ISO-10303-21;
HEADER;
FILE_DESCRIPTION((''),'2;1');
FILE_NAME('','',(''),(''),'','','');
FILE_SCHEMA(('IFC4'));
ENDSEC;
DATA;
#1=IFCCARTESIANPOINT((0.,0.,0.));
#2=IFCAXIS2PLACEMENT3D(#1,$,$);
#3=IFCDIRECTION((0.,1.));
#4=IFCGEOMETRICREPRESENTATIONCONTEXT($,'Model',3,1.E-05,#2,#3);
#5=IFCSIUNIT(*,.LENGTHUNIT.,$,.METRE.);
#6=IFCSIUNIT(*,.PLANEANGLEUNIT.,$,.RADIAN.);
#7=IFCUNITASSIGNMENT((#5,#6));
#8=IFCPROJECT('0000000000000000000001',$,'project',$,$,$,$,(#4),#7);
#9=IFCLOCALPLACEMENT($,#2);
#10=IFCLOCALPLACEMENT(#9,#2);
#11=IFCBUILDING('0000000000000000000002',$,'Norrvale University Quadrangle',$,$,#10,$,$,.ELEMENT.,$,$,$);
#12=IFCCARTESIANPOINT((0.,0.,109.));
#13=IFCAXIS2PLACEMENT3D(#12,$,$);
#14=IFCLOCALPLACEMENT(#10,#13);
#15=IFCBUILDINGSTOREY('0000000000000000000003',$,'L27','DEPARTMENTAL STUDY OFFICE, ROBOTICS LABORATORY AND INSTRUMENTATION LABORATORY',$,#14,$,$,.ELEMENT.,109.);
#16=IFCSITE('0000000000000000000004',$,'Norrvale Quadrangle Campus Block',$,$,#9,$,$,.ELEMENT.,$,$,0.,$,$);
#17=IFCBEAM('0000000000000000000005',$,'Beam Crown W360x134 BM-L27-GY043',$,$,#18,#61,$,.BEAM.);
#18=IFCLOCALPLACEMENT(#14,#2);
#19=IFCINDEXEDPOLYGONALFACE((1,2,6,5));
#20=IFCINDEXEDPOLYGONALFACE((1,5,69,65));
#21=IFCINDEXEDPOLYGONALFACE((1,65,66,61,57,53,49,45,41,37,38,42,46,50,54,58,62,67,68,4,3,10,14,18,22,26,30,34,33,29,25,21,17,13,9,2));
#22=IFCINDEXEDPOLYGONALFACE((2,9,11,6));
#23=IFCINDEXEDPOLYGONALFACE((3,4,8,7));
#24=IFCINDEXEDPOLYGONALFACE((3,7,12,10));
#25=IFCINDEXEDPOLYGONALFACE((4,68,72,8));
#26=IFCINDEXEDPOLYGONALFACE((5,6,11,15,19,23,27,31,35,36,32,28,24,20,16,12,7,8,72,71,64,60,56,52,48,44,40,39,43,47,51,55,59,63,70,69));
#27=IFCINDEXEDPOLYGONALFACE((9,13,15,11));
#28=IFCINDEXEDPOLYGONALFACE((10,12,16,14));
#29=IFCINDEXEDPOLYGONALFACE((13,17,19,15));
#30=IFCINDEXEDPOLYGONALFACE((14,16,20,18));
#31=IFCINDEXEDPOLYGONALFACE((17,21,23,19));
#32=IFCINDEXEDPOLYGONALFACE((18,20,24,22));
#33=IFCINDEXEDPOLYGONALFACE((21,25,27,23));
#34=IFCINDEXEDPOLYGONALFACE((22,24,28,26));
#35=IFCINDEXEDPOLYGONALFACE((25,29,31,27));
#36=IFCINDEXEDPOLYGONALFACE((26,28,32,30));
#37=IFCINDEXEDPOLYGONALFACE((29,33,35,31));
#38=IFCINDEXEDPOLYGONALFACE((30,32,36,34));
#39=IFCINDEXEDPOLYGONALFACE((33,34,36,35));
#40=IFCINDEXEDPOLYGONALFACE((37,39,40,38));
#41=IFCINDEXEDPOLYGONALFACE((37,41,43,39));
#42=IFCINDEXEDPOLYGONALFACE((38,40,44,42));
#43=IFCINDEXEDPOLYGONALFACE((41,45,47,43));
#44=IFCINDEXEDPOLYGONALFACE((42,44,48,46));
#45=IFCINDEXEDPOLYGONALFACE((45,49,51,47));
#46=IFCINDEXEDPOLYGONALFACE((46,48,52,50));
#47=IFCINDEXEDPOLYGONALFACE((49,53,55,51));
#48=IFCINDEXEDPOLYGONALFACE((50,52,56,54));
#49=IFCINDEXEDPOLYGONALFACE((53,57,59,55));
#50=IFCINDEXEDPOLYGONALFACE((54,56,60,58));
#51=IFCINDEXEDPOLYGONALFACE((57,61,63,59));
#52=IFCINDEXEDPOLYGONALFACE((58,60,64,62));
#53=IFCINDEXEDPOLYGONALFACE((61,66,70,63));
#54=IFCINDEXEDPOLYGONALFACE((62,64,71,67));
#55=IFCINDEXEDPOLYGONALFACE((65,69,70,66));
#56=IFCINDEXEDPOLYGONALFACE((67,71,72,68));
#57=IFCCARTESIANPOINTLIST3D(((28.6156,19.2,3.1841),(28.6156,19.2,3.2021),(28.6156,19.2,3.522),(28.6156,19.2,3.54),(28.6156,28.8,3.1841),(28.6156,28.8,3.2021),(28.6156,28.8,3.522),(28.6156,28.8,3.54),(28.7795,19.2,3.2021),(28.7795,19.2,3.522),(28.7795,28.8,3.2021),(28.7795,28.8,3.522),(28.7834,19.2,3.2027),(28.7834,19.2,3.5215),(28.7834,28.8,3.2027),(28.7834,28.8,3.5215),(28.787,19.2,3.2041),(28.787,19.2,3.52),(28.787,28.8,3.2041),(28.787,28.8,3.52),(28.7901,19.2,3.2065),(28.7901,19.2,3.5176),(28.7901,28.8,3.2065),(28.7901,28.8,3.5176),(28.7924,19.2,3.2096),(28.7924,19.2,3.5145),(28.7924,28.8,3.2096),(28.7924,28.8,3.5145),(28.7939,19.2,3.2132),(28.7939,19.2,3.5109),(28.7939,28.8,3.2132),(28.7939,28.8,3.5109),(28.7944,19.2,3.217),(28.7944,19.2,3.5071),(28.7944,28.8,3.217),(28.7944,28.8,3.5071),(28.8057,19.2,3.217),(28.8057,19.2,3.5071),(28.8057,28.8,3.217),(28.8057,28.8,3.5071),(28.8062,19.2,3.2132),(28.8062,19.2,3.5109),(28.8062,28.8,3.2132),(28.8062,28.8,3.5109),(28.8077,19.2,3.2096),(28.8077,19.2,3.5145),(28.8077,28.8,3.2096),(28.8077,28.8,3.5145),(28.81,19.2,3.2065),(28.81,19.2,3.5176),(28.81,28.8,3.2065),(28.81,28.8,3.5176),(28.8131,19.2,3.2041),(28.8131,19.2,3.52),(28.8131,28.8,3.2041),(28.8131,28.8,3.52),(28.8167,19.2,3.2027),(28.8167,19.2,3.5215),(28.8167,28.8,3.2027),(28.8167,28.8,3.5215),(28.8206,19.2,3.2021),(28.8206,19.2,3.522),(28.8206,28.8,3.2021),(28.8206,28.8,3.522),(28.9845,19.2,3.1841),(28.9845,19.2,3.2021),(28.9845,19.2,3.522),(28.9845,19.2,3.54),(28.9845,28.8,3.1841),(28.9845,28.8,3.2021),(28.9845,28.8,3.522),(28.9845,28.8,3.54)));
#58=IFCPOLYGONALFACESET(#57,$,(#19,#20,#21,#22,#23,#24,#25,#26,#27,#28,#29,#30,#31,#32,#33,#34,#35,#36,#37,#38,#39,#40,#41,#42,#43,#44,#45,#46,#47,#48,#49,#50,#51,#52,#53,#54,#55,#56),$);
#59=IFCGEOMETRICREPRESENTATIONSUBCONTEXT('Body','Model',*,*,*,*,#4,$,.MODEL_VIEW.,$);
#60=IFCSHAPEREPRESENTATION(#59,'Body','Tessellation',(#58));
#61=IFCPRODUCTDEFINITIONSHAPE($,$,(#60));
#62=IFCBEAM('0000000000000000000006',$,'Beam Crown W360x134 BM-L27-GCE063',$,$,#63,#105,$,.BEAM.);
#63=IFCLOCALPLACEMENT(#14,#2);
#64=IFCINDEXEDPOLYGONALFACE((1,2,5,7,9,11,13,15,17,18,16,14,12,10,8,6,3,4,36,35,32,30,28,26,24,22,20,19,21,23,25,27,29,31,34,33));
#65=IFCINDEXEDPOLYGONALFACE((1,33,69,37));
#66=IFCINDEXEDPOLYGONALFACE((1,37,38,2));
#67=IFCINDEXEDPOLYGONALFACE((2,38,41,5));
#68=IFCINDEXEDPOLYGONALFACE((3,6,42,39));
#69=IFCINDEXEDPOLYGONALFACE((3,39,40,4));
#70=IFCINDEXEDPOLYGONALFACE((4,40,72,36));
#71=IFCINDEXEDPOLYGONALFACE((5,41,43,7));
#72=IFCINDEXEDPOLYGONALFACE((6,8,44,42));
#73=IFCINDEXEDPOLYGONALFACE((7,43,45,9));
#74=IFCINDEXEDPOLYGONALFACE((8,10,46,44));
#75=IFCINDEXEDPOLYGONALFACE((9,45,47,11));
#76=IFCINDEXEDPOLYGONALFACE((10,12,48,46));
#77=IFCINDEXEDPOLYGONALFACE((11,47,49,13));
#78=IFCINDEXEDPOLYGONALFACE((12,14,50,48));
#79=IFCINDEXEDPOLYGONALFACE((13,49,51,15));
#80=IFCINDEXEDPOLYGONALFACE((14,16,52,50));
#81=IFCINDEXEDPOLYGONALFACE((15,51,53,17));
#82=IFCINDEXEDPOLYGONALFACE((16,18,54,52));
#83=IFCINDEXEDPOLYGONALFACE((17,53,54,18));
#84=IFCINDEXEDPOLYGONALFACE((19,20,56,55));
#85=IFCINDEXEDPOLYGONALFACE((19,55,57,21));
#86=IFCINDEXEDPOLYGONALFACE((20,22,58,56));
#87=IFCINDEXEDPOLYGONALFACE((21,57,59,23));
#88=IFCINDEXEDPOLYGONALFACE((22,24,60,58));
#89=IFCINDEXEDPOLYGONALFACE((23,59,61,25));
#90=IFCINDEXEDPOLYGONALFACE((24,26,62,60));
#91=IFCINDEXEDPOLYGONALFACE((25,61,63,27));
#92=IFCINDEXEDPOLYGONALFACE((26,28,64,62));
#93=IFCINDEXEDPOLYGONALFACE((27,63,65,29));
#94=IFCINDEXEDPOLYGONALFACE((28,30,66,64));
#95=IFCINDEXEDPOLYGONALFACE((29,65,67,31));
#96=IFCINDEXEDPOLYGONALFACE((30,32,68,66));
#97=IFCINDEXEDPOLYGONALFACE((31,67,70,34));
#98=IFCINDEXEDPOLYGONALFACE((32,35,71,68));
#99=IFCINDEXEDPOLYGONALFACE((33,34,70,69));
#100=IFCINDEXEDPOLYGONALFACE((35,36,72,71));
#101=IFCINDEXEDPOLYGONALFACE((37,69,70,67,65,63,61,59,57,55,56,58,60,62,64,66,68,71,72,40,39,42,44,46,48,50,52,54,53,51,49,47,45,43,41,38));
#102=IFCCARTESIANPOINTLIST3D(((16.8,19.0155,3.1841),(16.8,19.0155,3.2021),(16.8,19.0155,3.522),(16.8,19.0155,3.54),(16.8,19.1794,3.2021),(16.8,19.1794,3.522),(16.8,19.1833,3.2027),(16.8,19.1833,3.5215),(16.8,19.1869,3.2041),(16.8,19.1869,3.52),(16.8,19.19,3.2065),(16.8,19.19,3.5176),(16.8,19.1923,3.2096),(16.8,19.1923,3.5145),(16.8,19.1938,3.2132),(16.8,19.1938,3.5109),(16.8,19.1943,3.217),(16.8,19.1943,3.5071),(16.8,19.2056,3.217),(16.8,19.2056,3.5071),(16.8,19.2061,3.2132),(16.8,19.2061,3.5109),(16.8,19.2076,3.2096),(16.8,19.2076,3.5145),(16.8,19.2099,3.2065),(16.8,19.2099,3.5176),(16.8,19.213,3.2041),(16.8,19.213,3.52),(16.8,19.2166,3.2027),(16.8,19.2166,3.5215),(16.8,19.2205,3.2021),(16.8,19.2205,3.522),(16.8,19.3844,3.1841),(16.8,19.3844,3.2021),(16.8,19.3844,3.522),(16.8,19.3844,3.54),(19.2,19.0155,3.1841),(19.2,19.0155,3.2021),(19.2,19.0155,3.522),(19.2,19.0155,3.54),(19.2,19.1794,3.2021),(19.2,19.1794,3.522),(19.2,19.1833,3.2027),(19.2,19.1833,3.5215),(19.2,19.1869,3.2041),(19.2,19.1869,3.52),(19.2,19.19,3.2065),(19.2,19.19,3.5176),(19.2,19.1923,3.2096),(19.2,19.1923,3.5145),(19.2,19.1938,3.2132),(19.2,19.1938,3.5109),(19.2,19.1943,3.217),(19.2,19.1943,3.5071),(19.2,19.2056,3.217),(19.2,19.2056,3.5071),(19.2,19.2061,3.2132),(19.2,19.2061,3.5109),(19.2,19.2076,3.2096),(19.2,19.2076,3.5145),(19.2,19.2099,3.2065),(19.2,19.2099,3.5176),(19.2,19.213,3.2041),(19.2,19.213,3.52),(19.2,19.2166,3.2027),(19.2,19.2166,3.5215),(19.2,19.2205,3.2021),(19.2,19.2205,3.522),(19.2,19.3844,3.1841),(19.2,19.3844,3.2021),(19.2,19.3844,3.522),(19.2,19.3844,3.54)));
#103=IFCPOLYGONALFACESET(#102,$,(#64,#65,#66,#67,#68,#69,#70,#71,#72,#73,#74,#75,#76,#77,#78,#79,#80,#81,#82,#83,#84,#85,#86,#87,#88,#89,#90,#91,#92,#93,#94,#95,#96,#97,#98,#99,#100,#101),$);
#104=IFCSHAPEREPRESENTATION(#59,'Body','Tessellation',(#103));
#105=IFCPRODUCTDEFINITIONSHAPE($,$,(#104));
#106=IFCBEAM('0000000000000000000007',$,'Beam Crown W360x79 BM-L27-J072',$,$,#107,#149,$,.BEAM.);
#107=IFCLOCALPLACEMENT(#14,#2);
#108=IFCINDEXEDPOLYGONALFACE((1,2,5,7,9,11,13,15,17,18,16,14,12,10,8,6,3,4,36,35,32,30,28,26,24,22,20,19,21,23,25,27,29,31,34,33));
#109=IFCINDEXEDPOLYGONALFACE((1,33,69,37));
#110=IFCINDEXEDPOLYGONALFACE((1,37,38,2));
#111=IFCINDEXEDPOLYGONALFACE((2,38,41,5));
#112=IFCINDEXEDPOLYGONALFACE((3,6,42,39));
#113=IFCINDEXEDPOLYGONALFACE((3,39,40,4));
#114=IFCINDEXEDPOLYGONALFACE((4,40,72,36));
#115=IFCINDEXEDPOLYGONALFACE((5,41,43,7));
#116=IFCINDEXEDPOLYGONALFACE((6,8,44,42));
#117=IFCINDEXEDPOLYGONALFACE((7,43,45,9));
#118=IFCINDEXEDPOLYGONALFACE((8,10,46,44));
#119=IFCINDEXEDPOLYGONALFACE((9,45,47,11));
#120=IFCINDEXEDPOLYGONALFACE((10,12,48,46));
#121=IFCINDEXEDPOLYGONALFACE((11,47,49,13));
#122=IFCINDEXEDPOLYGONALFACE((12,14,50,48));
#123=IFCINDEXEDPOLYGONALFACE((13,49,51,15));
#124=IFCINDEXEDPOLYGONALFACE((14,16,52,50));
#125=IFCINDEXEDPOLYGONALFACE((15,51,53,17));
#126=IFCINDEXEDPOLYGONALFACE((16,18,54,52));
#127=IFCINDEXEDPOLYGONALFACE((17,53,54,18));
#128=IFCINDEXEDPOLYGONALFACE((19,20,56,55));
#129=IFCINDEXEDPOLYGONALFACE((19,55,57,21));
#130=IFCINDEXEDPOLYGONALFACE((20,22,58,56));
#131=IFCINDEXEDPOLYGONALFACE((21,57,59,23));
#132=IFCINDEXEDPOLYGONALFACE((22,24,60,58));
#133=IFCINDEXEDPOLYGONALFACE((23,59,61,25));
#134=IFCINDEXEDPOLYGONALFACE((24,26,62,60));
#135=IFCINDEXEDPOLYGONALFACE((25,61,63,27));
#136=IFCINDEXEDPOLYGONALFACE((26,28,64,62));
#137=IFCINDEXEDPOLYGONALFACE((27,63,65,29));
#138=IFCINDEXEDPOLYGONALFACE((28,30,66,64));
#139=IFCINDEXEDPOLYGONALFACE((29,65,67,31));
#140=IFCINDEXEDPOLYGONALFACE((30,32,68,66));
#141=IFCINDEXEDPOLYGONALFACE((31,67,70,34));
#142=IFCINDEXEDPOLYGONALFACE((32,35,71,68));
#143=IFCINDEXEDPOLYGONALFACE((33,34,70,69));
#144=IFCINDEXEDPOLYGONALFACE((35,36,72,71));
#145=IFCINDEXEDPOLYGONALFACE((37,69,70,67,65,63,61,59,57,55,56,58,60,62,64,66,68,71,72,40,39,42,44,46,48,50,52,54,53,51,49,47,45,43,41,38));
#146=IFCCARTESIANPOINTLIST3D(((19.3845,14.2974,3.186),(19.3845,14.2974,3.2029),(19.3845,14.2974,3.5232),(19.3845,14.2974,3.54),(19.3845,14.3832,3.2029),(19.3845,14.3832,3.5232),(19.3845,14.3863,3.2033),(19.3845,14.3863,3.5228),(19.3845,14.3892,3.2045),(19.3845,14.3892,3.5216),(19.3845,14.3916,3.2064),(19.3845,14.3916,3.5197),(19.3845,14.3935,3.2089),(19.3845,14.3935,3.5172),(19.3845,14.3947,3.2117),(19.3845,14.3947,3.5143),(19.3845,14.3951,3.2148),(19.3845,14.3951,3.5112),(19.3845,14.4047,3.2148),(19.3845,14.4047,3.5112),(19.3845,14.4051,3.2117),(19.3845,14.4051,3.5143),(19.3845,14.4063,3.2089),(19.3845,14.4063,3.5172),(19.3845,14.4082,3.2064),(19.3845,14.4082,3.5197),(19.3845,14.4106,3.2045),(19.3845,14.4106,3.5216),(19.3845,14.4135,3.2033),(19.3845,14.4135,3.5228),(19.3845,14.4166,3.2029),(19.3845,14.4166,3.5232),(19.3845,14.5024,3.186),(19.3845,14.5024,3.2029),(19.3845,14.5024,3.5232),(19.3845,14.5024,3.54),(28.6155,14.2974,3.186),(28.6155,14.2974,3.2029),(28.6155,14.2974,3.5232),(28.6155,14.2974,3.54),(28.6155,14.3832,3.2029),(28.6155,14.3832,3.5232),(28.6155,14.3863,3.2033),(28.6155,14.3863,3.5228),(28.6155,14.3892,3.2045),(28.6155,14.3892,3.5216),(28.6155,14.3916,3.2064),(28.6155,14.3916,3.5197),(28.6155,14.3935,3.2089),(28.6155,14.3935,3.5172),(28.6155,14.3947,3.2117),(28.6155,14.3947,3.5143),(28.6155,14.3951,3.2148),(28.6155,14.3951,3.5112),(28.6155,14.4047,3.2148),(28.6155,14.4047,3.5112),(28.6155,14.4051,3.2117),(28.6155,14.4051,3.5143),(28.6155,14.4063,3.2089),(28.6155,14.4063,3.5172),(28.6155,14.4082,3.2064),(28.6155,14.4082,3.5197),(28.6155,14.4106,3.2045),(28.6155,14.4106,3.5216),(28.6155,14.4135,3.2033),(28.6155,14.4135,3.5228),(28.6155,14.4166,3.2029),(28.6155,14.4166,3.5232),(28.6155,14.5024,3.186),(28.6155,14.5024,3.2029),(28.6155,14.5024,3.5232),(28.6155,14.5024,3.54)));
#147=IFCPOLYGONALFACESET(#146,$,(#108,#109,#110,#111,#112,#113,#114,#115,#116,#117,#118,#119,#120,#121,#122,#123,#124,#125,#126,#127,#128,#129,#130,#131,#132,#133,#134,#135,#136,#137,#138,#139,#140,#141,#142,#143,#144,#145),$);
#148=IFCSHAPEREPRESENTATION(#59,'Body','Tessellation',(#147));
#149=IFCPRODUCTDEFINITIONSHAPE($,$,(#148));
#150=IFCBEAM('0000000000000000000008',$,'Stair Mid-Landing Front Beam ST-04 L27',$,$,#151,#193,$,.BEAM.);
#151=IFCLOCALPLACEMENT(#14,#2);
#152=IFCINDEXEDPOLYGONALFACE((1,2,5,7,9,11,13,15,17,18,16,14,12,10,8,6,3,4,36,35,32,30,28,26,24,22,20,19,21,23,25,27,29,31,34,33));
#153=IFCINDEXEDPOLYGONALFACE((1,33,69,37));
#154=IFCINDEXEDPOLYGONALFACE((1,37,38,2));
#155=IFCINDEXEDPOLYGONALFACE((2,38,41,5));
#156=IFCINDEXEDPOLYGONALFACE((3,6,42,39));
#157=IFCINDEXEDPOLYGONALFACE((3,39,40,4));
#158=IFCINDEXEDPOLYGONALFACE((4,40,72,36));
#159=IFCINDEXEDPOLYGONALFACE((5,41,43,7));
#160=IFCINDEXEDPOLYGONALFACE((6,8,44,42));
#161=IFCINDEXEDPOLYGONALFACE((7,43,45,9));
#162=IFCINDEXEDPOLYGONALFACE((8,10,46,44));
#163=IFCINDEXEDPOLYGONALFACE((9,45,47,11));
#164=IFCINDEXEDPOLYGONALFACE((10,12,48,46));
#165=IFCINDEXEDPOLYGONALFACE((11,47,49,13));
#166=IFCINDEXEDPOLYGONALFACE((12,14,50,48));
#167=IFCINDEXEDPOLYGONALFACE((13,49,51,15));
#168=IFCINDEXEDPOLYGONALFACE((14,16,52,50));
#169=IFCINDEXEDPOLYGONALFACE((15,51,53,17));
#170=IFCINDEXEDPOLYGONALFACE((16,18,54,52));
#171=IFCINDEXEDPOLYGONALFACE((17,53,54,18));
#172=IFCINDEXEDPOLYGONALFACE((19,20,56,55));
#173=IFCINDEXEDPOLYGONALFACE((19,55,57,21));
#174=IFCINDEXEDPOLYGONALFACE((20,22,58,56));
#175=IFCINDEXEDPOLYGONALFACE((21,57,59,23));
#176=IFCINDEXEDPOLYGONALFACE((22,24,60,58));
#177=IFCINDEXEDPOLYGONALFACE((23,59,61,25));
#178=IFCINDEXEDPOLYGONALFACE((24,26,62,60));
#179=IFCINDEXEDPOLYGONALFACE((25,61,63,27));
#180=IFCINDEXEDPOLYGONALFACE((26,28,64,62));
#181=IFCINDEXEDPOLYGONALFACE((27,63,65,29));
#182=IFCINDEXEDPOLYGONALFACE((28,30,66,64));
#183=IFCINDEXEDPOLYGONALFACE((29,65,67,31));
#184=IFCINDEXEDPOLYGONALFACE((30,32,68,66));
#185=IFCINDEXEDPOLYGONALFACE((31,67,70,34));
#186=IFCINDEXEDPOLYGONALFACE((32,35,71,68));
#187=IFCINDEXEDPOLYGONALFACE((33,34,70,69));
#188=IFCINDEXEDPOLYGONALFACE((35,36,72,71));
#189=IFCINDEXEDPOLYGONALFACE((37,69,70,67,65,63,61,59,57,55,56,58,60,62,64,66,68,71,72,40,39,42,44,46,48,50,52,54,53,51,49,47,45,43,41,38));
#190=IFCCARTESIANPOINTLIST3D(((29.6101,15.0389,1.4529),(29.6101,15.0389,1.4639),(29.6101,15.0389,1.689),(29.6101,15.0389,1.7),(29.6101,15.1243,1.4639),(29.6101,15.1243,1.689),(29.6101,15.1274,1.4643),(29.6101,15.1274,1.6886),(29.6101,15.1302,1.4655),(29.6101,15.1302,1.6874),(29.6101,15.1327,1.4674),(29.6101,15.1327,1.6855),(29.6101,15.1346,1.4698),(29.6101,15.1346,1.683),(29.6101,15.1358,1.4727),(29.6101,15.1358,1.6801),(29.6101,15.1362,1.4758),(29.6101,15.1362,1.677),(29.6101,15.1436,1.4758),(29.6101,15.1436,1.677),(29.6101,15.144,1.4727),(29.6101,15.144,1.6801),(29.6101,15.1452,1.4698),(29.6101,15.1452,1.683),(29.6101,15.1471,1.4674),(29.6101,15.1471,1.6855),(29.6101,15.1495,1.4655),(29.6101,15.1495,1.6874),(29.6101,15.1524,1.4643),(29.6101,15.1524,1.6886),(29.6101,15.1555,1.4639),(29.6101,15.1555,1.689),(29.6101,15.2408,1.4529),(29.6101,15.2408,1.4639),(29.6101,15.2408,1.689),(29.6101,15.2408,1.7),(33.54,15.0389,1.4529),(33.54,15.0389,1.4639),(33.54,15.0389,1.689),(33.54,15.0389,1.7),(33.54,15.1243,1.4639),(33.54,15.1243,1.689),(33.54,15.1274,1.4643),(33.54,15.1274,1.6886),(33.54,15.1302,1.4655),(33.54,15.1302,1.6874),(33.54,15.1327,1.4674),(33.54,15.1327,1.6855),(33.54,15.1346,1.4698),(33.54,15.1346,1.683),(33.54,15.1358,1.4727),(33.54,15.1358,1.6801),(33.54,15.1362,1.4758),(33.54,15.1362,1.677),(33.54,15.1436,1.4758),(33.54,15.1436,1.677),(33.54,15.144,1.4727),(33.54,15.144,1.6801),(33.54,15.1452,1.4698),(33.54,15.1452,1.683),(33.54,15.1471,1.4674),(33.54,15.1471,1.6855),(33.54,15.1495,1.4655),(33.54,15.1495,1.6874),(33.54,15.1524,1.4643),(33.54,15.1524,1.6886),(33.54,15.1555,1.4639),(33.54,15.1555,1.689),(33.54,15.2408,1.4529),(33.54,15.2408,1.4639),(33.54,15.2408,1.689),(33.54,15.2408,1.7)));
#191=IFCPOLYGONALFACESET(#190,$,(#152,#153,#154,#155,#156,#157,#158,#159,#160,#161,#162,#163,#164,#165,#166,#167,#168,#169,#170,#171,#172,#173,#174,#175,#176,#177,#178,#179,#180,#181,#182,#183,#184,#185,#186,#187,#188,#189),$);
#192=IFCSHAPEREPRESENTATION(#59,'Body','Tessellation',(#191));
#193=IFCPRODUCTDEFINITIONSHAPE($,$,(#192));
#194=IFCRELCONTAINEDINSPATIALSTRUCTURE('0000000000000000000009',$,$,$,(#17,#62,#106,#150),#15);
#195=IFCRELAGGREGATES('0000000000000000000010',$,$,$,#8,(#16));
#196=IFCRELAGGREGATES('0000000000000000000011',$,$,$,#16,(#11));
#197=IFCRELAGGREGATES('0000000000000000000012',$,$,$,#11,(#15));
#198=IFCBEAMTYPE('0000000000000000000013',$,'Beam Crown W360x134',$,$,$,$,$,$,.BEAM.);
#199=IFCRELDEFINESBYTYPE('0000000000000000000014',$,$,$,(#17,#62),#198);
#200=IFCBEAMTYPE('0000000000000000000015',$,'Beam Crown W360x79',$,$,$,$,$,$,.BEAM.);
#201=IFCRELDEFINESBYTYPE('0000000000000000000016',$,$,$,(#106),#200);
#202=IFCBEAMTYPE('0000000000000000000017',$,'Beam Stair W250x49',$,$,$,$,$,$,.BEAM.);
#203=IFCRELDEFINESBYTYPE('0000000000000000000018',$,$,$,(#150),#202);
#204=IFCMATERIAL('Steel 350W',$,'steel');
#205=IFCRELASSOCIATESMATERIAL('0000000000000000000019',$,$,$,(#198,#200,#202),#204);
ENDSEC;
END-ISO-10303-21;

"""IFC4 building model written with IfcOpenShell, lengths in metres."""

from ifc_helpers import new_model, si_unit, direction, frame, origin, origin_2d, place, context, subcontext, project, spatial, i_section, extrude, material, material_profile, profile_set, type_object, element, save


model = new_model("IFC4")

# Units and contexts
model_context = context("Model", 3, precision=1e-05, world=origin(), true_north=direction((0.0, 1.0)))
body_context = subcontext(model_context, "Body", "Model", "MODEL_VIEW")
ifc_project = project(units=[si_unit("LENGTHUNIT", "METRE"), si_unit("PLANEANGLEUNIT", "RADIAN")], contexts=[model_context])

# Site, building, storey
site_placement = place(None, origin())
site = spatial("IfcSite", under=ifc_project, at=site_placement, Name="Norrvale Quadrangle Campus Block", CompositionType="ELEMENT", RefElevation=0.0)
building_placement = place(site_placement, origin())
building = spatial("IfcBuilding", under=site, at=building_placement, Name="Norrvale University Quadrangle", CompositionType="ELEMENT")
storey_placement = place(building_placement, frame((0.0, 0.0, 109.0)))
storey = spatial("IfcBuildingStorey", under=building, at=storey_placement, Name="L27", Description="DEPARTMENTAL STUDY OFFICE, ROBOTICS LABORATORY AND INSTRUMENTATION LABORATORY", CompositionType="ELEMENT", Elevation=109.0)

# Beams
ifc_material_1 = material(Name="Steel 350W", Category="steel")
ifc_material_profile_1 = material_profile(ifc_material_1, i_section(OverallWidth=0.3689, OverallDepth=0.356, WebThickness=0.0112, FlangeThickness=0.0181, FilletRadius=0.0149, at=origin_2d()), Name="Steel 350W")
ifc_profile_set_1 = profile_set([ifc_material_profile_1], Name="Steel 350W")
beam_type_1 = type_object("IfcBeamType", Name="Beam Crown W360x134", PredefinedType="BEAM", material=ifc_profile_set_1)
for number, where, z_axis, x_axis, name in (
    (1, (28.8, 19.2, 3.3621), (0.0, 1.0, 0.0), (-1.0, 0.0, 0.0), "Beam Crown W360x134 BM-L27-GY043"),
):
    element("IfcBeam", number, at=place(storey_placement, frame(where, z_axis=z_axis, x_axis=x_axis)), inside=storey, type_object=beam_type_1, Name=name, PredefinedType="BEAM", context=body_context, shape_type="SweptSolid", body=[
        extrude(i_section(OverallWidth=0.3689, OverallDepth=0.356, WebThickness=0.0112, FlangeThickness=0.0181, FilletRadius=0.0149, at=origin_2d()), origin(), (0.0, 0.0, 1.0), 9.6001),
    ])
beam_1_placement = place(storey_placement, frame((16.8, 19.2, 3.3621), z_axis=(1.0, 0.0, 0.0), x_axis=(0.0, 1.0, 0.0)))
element("IfcBeam", 2, at=beam_1_placement, inside=storey, type_object=beam_type_1, Name="Beam Crown W360x134 BM-L27-GCE063", PredefinedType="BEAM", context=body_context, shape_type="SweptSolid", body=[
    extrude(i_section(OverallWidth=0.3689, OverallDepth=0.356, WebThickness=0.0112, FlangeThickness=0.0181, FilletRadius=0.0149, at=origin_2d()), origin(), (0.0, 0.0, 1.0), 2.3999),
])
ifc_material_profile_2 = material_profile(ifc_material_1, i_section(OverallWidth=0.2051, OverallDepth=0.354, WebThickness=0.0095, FlangeThickness=0.0168, FilletRadius=0.012, at=origin_2d()), Name="Steel 350W")
ifc_profile_set_2 = profile_set([ifc_material_profile_2], Name="Steel 350W")
beam_type_2 = type_object("IfcBeamType", Name="Beam Crown W360x79", PredefinedType="BEAM", material=ifc_profile_set_2)
beam_2_placement = place(storey_placement, frame((19.3845, 14.3999, 3.363), z_axis=(1.0, 0.0, 0.0), x_axis=(0.0, 1.0, 0.0)))
element("IfcBeam", 3, at=beam_2_placement, inside=storey, type_object=beam_type_2, Name="Beam Crown W360x79 BM-L27-J072", PredefinedType="BEAM", context=body_context, shape_type="SweptSolid", body=[
    extrude(i_section(OverallWidth=0.2051, OverallDepth=0.354, WebThickness=0.0095, FlangeThickness=0.0168, FilletRadius=0.012, at=origin_2d()), origin(), (0.0, 0.0, 1.0), 9.231),
])
ifc_material_profile_3 = material_profile(ifc_material_1, i_section(OverallWidth=0.2019, OverallDepth=0.2471, WebThickness=0.0073, FlangeThickness=0.011, FilletRadius=0.012, at=origin_2d()), Name="Steel 350W")
ifc_profile_set_3 = profile_set([ifc_material_profile_3], Name="Steel 350W")
beam_type_3 = type_object("IfcBeamType", Name="Beam Stair W250x49", PredefinedType="BEAM", material=ifc_profile_set_3)
for number, where, z_axis, x_axis, name in (
    (4, (29.6101, 15.1399, 1.5764), (1.0, 0.0, 0.0), (0.0, 1.0, 0.0), "Stair Mid-Landing Front Beam ST-04 L27"),
):
    element("IfcBeam", number, at=place(storey_placement, frame(where, z_axis=z_axis, x_axis=x_axis)), inside=storey, type_object=beam_type_3, Name=name, PredefinedType="BEAM", context=body_context, shape_type="SweptSolid", body=[
        extrude(i_section(OverallWidth=0.2019, OverallDepth=0.2471, WebThickness=0.0073, FlangeThickness=0.011, FilletRadius=0.012, at=origin_2d()), origin(), (0.0, 0.0, 1.0), 3.9299),
    ])

save(model, "model.ifc")
